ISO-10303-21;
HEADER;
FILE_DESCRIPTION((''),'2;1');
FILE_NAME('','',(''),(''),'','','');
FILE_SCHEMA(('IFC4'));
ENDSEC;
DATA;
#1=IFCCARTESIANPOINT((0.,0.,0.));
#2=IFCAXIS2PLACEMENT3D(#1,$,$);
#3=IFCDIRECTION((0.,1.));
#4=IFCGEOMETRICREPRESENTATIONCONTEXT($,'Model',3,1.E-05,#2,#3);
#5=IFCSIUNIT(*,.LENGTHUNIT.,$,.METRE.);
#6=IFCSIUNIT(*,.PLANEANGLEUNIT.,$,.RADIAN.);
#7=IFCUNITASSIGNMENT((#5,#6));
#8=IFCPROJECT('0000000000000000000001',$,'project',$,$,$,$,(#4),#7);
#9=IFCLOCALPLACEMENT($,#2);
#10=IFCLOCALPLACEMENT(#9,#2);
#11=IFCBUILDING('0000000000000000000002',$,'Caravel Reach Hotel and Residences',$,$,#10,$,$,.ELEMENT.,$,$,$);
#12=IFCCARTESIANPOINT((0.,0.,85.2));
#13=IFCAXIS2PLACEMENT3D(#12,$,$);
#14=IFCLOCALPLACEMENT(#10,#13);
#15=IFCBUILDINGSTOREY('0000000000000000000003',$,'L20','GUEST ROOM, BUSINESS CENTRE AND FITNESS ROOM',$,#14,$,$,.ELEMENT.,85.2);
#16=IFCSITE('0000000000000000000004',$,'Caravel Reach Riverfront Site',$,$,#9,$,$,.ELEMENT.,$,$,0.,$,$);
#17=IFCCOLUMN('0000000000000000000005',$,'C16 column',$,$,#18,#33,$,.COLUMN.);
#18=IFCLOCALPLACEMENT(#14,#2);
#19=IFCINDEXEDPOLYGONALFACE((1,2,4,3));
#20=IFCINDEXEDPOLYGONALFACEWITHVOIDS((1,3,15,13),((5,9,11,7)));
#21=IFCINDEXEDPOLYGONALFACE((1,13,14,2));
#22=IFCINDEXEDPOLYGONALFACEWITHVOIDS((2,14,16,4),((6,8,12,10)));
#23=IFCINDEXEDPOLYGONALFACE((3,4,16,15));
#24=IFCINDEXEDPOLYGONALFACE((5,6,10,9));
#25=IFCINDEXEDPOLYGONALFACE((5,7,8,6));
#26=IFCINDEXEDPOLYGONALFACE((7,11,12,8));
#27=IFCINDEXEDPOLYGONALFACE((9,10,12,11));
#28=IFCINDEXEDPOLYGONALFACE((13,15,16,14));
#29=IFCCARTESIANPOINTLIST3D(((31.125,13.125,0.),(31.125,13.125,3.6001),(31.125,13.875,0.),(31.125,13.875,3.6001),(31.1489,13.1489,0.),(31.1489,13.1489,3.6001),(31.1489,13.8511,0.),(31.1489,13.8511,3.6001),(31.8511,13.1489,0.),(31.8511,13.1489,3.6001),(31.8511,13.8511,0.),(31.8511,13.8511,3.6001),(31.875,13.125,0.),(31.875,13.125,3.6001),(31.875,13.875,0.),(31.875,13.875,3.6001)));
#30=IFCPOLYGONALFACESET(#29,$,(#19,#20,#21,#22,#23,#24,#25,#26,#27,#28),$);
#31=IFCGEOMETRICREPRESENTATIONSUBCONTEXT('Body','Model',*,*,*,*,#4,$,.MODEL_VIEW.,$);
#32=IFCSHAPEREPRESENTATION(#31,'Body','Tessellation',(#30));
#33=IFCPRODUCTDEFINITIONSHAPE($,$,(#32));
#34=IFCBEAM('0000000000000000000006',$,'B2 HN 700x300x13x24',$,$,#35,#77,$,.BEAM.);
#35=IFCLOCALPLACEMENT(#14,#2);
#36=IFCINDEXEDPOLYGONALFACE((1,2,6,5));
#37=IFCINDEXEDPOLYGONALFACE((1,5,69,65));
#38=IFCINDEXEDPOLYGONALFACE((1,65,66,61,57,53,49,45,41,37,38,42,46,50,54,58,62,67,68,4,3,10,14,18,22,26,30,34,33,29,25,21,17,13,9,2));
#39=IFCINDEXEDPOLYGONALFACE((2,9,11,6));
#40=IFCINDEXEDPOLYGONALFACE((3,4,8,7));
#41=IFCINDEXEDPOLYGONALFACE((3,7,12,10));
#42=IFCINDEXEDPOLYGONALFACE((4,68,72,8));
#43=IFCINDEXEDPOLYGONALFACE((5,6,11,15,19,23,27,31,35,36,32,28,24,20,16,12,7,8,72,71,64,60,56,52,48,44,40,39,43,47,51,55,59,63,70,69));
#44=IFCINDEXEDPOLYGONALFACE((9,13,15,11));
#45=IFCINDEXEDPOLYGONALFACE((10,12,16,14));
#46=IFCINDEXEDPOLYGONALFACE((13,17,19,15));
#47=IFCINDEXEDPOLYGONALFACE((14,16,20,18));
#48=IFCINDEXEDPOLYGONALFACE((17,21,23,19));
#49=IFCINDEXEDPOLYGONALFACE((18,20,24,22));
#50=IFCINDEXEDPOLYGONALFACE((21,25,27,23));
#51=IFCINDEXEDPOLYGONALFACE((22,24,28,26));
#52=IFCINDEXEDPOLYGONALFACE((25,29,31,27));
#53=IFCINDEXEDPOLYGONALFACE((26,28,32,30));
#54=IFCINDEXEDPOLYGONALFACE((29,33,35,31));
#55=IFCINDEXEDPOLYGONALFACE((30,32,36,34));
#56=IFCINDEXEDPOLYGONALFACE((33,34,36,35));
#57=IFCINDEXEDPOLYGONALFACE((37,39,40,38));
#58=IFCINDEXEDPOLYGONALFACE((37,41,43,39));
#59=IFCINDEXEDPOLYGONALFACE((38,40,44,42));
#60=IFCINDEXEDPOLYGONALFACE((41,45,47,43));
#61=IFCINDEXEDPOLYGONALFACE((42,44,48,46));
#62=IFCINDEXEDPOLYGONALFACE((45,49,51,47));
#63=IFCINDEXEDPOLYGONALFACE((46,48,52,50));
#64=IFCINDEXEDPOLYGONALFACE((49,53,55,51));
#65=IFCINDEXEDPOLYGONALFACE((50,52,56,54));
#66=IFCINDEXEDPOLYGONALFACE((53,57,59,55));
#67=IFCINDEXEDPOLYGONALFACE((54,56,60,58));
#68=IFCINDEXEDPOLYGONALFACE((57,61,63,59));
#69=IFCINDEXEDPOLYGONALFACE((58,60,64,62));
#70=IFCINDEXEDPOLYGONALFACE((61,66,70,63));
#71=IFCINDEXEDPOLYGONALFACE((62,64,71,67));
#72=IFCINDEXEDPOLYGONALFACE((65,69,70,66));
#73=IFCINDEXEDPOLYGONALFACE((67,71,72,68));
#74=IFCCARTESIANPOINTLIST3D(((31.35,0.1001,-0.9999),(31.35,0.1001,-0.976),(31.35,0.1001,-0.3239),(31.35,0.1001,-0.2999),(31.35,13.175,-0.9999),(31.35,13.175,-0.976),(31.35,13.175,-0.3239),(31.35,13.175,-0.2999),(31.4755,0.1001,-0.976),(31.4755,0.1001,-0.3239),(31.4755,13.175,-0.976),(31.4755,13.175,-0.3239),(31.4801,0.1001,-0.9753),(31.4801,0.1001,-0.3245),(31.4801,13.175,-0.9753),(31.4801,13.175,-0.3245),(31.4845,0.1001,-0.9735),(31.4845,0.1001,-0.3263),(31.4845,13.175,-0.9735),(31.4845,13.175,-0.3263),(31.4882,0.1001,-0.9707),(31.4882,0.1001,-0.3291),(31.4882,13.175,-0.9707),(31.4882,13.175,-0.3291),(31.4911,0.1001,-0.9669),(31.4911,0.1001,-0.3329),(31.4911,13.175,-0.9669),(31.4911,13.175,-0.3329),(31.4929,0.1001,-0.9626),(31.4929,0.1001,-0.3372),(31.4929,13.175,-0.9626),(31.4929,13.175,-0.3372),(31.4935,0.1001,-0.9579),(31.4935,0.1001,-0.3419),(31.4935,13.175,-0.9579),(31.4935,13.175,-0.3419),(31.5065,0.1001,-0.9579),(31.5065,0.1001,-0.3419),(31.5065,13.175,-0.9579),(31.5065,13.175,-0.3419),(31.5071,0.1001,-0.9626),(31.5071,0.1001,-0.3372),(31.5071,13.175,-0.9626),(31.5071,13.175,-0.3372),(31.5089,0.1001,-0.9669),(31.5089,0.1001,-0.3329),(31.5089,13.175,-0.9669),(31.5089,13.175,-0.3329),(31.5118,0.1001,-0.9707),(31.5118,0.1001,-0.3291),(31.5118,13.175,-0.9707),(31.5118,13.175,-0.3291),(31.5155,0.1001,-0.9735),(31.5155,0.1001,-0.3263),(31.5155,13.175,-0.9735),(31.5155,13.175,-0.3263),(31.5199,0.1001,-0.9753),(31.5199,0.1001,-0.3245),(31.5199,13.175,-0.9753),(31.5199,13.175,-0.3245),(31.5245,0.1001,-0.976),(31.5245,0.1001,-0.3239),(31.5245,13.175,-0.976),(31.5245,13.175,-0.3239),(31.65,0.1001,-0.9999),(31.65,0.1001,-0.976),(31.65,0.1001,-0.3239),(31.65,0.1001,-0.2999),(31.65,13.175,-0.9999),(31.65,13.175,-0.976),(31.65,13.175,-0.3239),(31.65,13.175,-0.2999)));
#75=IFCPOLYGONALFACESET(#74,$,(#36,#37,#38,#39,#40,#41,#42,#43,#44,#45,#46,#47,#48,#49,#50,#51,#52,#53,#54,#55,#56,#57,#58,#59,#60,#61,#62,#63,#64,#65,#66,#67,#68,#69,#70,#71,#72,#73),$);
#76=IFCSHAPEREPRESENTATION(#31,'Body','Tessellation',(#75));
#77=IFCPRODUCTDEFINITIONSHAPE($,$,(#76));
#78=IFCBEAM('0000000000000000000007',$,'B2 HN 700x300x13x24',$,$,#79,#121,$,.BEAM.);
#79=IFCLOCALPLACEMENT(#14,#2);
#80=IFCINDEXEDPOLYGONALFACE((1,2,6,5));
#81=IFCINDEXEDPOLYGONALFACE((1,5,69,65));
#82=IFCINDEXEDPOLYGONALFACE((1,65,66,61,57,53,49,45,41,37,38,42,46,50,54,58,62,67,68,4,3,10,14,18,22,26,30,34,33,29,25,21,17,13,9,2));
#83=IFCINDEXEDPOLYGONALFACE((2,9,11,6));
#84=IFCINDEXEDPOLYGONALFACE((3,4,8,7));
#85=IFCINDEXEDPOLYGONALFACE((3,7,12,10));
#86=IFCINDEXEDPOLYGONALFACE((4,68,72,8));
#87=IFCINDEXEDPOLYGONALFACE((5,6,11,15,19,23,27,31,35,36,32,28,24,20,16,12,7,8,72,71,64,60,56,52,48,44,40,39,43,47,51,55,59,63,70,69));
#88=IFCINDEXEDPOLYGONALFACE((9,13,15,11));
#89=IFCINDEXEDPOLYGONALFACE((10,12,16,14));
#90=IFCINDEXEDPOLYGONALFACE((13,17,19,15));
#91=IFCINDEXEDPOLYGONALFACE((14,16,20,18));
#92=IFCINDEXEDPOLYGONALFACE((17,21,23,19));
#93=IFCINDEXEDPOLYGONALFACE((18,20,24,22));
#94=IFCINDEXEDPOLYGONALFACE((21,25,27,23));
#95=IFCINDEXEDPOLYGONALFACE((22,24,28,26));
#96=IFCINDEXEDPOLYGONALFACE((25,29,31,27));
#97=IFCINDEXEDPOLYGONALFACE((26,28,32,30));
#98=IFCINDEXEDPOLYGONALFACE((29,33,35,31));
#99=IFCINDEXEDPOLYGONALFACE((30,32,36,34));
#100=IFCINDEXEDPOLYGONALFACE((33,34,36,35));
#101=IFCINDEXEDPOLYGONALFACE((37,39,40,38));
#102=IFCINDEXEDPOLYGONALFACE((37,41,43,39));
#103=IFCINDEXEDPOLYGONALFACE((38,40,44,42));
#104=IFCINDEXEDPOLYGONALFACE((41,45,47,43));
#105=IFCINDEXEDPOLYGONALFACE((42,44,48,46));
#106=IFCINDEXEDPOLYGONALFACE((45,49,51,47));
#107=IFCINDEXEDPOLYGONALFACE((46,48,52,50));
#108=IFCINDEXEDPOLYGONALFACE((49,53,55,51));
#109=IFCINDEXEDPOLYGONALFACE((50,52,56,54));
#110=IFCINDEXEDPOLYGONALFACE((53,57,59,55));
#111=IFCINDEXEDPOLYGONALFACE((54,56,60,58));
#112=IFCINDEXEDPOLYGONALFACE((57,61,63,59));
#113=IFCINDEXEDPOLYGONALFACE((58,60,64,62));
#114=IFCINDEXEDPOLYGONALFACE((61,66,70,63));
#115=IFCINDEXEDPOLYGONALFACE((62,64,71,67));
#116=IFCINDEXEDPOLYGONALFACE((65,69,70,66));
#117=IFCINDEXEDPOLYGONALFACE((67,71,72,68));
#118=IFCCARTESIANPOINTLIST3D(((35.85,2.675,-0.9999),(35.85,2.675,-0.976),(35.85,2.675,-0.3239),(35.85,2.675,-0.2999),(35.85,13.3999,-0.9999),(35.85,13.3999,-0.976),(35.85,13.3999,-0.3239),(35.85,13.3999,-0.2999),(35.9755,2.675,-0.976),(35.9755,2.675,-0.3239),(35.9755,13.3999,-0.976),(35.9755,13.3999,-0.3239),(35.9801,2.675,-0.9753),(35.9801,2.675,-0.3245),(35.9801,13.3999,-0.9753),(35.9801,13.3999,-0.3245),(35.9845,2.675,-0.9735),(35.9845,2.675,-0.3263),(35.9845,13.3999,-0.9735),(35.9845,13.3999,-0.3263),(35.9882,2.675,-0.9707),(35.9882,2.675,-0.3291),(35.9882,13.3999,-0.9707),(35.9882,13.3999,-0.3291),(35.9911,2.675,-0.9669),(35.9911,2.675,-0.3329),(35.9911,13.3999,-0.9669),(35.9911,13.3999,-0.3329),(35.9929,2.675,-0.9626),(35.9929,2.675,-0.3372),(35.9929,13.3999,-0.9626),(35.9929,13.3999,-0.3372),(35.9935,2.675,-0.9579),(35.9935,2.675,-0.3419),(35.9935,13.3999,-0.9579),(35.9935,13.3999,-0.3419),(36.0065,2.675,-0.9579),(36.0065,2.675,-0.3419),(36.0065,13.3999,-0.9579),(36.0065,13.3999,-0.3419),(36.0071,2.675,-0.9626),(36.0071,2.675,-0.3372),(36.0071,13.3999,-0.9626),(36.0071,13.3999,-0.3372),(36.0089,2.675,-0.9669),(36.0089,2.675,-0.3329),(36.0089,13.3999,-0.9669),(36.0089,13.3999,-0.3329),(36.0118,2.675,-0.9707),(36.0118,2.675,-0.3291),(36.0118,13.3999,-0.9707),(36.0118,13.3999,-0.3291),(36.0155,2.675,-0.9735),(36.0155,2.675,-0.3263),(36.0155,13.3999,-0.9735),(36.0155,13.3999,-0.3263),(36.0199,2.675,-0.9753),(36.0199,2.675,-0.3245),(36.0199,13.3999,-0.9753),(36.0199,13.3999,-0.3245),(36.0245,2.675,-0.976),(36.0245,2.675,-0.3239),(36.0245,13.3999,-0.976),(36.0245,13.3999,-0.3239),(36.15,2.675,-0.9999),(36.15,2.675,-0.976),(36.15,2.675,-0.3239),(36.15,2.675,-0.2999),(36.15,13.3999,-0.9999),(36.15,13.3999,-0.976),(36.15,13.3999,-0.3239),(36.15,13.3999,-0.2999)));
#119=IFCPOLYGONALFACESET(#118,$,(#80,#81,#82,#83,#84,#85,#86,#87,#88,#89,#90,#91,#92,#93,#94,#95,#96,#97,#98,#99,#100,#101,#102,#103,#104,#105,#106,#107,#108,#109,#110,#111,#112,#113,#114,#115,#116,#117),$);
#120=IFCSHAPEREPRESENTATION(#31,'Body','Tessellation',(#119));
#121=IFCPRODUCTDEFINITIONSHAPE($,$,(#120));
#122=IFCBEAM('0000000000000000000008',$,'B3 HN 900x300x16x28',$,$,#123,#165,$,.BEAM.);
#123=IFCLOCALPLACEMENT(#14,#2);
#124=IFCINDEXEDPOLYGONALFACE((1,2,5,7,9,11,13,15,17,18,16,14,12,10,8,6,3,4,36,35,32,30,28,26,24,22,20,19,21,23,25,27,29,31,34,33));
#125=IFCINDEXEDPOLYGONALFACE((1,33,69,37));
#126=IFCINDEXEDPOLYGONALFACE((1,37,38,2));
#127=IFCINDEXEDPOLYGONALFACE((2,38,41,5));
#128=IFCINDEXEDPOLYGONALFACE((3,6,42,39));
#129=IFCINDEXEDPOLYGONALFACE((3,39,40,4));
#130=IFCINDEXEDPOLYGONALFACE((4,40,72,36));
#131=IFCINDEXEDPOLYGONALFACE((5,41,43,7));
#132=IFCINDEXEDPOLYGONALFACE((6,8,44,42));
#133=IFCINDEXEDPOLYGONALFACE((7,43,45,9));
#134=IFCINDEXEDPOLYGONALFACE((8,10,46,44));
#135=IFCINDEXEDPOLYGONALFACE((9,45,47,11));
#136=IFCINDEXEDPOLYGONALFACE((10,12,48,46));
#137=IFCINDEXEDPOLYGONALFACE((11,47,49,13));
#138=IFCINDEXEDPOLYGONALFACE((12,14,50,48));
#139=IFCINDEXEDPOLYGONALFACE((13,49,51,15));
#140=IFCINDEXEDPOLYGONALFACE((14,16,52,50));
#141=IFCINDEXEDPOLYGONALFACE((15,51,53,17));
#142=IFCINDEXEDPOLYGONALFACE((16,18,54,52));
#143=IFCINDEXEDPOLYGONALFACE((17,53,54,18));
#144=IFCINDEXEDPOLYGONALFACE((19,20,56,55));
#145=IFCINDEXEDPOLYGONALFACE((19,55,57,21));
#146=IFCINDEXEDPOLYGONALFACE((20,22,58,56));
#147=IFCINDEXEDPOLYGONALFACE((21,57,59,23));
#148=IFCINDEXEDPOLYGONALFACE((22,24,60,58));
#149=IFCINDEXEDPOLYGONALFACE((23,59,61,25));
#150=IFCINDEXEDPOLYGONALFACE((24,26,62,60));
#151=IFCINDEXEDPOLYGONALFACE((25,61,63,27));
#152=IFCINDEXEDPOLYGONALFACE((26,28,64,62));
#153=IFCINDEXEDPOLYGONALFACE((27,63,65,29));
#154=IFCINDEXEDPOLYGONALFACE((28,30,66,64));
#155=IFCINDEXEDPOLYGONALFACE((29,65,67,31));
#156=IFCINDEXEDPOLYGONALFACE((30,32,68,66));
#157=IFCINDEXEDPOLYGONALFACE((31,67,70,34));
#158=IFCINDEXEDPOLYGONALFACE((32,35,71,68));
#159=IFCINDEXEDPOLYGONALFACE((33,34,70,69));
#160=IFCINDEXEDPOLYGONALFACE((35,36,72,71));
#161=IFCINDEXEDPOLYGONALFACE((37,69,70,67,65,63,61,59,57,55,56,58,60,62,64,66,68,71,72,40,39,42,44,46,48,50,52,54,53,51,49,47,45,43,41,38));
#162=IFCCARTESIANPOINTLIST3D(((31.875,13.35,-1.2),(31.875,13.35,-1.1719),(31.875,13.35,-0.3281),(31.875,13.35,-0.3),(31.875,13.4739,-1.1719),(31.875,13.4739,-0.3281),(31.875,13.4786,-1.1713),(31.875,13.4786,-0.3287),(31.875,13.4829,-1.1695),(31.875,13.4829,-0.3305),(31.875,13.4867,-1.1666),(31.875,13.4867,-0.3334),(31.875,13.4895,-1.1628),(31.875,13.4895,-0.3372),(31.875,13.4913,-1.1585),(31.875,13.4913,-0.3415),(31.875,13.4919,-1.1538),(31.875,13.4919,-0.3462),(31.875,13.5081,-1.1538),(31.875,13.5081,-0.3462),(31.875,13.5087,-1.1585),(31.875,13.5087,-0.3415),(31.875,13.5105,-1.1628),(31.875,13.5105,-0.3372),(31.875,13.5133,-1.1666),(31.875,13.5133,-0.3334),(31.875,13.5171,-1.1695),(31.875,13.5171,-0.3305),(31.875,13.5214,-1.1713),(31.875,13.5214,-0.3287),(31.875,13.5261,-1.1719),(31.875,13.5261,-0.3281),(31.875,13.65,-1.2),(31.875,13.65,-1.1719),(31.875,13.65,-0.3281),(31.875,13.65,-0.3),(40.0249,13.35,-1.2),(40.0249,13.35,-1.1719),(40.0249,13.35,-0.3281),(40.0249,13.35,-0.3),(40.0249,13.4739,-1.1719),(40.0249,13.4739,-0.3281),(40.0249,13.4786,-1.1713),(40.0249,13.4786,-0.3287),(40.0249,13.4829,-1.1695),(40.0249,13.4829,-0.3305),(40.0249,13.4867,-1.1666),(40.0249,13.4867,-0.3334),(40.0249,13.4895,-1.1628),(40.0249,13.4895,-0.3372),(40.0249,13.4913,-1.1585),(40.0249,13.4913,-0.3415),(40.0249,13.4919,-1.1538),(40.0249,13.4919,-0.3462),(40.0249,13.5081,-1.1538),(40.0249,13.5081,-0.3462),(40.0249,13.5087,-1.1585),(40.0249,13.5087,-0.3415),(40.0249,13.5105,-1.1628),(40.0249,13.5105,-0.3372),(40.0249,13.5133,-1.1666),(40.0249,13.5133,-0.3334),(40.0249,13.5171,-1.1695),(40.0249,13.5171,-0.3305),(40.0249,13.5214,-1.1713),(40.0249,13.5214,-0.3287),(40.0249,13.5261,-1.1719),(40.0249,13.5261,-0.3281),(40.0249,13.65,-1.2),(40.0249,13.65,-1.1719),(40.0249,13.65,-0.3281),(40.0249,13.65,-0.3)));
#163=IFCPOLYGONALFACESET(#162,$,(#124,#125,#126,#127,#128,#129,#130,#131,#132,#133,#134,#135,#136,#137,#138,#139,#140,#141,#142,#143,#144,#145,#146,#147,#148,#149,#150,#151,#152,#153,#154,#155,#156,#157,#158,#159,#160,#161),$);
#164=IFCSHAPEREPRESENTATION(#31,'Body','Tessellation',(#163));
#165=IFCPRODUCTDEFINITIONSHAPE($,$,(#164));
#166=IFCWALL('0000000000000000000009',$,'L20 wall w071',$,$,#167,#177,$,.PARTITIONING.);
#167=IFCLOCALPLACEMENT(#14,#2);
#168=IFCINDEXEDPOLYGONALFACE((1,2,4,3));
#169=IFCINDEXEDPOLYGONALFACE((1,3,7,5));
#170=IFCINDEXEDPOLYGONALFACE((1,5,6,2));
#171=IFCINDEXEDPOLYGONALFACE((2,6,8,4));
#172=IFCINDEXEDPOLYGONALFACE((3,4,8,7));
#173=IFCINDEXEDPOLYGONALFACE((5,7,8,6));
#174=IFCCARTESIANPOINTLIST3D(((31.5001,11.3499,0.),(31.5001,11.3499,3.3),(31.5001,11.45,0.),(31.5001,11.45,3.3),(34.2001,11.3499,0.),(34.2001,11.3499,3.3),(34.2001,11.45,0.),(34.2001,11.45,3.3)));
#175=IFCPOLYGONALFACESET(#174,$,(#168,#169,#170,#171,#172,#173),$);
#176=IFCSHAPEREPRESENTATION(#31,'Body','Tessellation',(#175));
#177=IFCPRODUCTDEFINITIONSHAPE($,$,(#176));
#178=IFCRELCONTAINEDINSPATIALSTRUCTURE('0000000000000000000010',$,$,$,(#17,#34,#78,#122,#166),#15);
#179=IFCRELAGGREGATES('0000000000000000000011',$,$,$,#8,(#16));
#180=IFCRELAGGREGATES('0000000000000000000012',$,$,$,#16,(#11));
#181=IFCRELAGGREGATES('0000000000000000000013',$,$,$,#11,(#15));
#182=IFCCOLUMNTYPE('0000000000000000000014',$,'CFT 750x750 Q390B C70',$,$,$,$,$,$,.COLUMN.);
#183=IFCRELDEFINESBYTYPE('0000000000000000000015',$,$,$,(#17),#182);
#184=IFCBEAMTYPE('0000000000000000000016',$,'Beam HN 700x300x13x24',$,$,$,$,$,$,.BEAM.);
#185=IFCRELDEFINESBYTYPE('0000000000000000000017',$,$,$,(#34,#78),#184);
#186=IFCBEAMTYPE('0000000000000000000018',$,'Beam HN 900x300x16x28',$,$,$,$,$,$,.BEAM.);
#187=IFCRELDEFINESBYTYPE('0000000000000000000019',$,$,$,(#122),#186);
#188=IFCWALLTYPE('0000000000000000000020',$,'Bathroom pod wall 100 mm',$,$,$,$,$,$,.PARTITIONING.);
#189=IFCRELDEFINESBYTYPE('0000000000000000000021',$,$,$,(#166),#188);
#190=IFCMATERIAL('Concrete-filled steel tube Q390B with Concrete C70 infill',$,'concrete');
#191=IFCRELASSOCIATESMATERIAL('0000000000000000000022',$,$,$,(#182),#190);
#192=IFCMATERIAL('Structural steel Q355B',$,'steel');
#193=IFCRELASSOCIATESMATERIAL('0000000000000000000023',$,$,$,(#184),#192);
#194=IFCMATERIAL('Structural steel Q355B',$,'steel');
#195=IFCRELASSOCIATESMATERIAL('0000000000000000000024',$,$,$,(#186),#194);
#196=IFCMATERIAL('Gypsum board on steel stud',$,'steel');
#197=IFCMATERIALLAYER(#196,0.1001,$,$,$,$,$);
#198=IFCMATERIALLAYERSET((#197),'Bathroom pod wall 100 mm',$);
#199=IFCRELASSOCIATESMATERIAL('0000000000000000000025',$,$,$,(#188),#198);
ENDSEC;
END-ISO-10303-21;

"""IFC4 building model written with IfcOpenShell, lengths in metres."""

from ifc_helpers import new_model, si_unit, direction, frame, frame_2d, origin, origin_2d, place, context, subcontext, project, spatial, rectangle, hollow_rectangle, i_section, extrude, material, layer, layer_set, material_profile, profile_set, type_object, element, save


model = new_model("IFC4")

# Units and contexts
model_context = context("Model", 3, precision=1e-05, world=origin(), true_north=direction((0.0, 1.0)))
body_context = subcontext(model_context, "Body", "Model", "MODEL_VIEW")
ifc_project = project(units=[si_unit("LENGTHUNIT", "METRE"), si_unit("PLANEANGLEUNIT", "RADIAN")], contexts=[model_context])

# Site, building, storey
site_placement = place(None, origin())
site = spatial("IfcSite", under=ifc_project, at=site_placement, Name="Caravel Reach Riverfront Site", CompositionType="ELEMENT", RefElevation=0.0)
building_placement = place(site_placement, origin())
building = spatial("IfcBuilding", under=site, at=building_placement, Name="Caravel Reach Hotel and Residences", CompositionType="ELEMENT")
storey_placement = place(building_placement, frame((0.0, 0.0, 85.2)))
storey = spatial("IfcBuildingStorey", under=building, at=storey_placement, Name="L20", Description="GUEST ROOM, BUSINESS CENTRE AND FITNESS ROOM", CompositionType="ELEMENT", Elevation=85.2)

# Column
ifc_material_1 = material(Name="Concrete-filled steel tube Q390B with Concrete C70 infill", Category="concrete")
ifc_material_profile_1 = material_profile(ifc_material_1, hollow_rectangle(XDim=0.75, YDim=0.75, WallThickness=0.0239, at=origin_2d()), Name="RHS 750x750x24")
ifc_profile_set_1 = profile_set([ifc_material_profile_1], Name="Concrete-filled steel tube Q390B with Concrete C70 infill")
column_type = type_object("IfcColumnType", Name="CFT 750x750 Q390B C70", PredefinedType="COLUMN", material=ifc_profile_set_1)
column_placement = place(storey_placement, frame((31.5, 13.5, 0.0), z_axis=(0.0, 0.0, 1.0), x_axis=(1.0, 0.0, 0.0)))
element("IfcColumn", 1, at=column_placement, inside=storey, type_object=column_type, Name="C16 column", PredefinedType="COLUMN", context=body_context, shape_type="SweptSolid", body=[
    extrude(hollow_rectangle(XDim=0.75, YDim=0.75, WallThickness=0.0239, at=origin_2d()), origin(), (0.0, 0.0, 1.0), 3.6001),
])

# Beams
ifc_material_2 = material(Name="Structural steel Q355B", Category="steel")
ifc_material_profile_2 = material_profile(ifc_material_2, i_section(OverallWidth=0.3, OverallDepth=0.7, WebThickness=0.0129, FlangeThickness=0.0239, FilletRadius=0.0181, at=origin_2d()), Name="HN 700x300x13x24")
ifc_profile_set_2 = profile_set([ifc_material_profile_2], Name="Structural steel Q355B")
beam_type_1 = type_object("IfcBeamType", Name="Beam HN 700x300x13x24", PredefinedType="BEAM", material=ifc_profile_set_2)
beam_1_placement = place(storey_placement, frame((31.5, 13.175, -0.6499), z_axis=(0.0, -1.0, 0.0), x_axis=(1.0, 0.0, 0.0)))
element("IfcBeam", 2, at=beam_1_placement, inside=storey, type_object=beam_type_1, Name="B2 HN 700x300x13x24", PredefinedType="BEAM", context=body_context, shape_type="SweptSolid", body=[
    extrude(i_section(OverallWidth=0.3, OverallDepth=0.7, WebThickness=0.0129, FlangeThickness=0.0239, FilletRadius=0.0181, at=origin_2d()), origin(), (0.0, 0.0, 1.0), 13.075),
])
beam_2_placement = place(storey_placement, frame((36.0, 13.3999, -0.6499), z_axis=(0.0, -1.0, 0.0), x_axis=(1.0, 0.0, 0.0)))
element("IfcBeam", 3, at=beam_2_placement, inside=storey, type_object=beam_type_1, Name="B2 HN 700x300x13x24", PredefinedType="BEAM", context=body_context, shape_type="SweptSolid", body=[
    extrude(i_section(OverallWidth=0.3, OverallDepth=0.7, WebThickness=0.0129, FlangeThickness=0.0239, FilletRadius=0.0181, at=origin_2d()), origin(), (0.0, 0.0, 1.0), 10.7249),
])
ifc_material_3 = material(Name="Structural steel Q355B", Category="steel")
ifc_material_profile_3 = material_profile(ifc_material_3, i_section(OverallWidth=0.3, OverallDepth=0.8999, WebThickness=0.0161, FlangeThickness=0.0281, FilletRadius=0.0181, at=origin_2d()), Name="HN 900x300x16x28")
ifc_profile_set_3 = profile_set([ifc_material_profile_3], Name="Structural steel Q355B")
beam_type_2 = type_object("IfcBeamType", Name="Beam HN 900x300x16x28", PredefinedType="BEAM", material=ifc_profile_set_3)
beam_3_placement = place(storey_placement, frame((31.875, 13.5, -0.75), z_axis=(1.0, 0.0, 0.0), x_axis=(0.0, 1.0, 0.0)))
element("IfcBeam", 4, at=beam_3_placement, inside=storey, type_object=beam_type_2, Name="B3 HN 900x300x16x28", PredefinedType="BEAM", context=body_context, shape_type="SweptSolid", body=[
    extrude(i_section(OverallWidth=0.3, OverallDepth=0.8999, WebThickness=0.0161, FlangeThickness=0.0281, FilletRadius=0.0181, at=origin_2d()), origin(), (0.0, 0.0, 1.0), 8.1499),
])

# Wall
ifc_material_4 = material(Name="Gypsum board on steel stud", Category="steel")
ifc_layer_1 = layer(ifc_material_4, 0.1001)
ifc_layer_set_1 = layer_set([ifc_layer_1], Name="Bathroom pod wall 100 mm")
wall_type_1 = type_object("IfcWallType", Name="Bathroom pod wall 100 mm", PredefinedType="PARTITIONING", material=ifc_layer_set_1)
wall_1_placement = place(storey_placement, frame((31.5, 11.3999, 0.0), z_axis=(0.0, 0.0, 1.0), x_axis=(1.0, 0.0, 0.0)))
element("IfcWall", 5, at=wall_1_placement, inside=storey, type_object=wall_type_1, Name="L20 wall w071", PredefinedType="PARTITIONING", context=body_context, shape_type="SweptSolid", body=[
    extrude(rectangle(XDim=2.7, YDim=0.1001, at=frame_2d((1.3501, 0.0))), origin(), (0.0, 0.0, 1.0), 3.3),
])

save(model, "model.ifc")
